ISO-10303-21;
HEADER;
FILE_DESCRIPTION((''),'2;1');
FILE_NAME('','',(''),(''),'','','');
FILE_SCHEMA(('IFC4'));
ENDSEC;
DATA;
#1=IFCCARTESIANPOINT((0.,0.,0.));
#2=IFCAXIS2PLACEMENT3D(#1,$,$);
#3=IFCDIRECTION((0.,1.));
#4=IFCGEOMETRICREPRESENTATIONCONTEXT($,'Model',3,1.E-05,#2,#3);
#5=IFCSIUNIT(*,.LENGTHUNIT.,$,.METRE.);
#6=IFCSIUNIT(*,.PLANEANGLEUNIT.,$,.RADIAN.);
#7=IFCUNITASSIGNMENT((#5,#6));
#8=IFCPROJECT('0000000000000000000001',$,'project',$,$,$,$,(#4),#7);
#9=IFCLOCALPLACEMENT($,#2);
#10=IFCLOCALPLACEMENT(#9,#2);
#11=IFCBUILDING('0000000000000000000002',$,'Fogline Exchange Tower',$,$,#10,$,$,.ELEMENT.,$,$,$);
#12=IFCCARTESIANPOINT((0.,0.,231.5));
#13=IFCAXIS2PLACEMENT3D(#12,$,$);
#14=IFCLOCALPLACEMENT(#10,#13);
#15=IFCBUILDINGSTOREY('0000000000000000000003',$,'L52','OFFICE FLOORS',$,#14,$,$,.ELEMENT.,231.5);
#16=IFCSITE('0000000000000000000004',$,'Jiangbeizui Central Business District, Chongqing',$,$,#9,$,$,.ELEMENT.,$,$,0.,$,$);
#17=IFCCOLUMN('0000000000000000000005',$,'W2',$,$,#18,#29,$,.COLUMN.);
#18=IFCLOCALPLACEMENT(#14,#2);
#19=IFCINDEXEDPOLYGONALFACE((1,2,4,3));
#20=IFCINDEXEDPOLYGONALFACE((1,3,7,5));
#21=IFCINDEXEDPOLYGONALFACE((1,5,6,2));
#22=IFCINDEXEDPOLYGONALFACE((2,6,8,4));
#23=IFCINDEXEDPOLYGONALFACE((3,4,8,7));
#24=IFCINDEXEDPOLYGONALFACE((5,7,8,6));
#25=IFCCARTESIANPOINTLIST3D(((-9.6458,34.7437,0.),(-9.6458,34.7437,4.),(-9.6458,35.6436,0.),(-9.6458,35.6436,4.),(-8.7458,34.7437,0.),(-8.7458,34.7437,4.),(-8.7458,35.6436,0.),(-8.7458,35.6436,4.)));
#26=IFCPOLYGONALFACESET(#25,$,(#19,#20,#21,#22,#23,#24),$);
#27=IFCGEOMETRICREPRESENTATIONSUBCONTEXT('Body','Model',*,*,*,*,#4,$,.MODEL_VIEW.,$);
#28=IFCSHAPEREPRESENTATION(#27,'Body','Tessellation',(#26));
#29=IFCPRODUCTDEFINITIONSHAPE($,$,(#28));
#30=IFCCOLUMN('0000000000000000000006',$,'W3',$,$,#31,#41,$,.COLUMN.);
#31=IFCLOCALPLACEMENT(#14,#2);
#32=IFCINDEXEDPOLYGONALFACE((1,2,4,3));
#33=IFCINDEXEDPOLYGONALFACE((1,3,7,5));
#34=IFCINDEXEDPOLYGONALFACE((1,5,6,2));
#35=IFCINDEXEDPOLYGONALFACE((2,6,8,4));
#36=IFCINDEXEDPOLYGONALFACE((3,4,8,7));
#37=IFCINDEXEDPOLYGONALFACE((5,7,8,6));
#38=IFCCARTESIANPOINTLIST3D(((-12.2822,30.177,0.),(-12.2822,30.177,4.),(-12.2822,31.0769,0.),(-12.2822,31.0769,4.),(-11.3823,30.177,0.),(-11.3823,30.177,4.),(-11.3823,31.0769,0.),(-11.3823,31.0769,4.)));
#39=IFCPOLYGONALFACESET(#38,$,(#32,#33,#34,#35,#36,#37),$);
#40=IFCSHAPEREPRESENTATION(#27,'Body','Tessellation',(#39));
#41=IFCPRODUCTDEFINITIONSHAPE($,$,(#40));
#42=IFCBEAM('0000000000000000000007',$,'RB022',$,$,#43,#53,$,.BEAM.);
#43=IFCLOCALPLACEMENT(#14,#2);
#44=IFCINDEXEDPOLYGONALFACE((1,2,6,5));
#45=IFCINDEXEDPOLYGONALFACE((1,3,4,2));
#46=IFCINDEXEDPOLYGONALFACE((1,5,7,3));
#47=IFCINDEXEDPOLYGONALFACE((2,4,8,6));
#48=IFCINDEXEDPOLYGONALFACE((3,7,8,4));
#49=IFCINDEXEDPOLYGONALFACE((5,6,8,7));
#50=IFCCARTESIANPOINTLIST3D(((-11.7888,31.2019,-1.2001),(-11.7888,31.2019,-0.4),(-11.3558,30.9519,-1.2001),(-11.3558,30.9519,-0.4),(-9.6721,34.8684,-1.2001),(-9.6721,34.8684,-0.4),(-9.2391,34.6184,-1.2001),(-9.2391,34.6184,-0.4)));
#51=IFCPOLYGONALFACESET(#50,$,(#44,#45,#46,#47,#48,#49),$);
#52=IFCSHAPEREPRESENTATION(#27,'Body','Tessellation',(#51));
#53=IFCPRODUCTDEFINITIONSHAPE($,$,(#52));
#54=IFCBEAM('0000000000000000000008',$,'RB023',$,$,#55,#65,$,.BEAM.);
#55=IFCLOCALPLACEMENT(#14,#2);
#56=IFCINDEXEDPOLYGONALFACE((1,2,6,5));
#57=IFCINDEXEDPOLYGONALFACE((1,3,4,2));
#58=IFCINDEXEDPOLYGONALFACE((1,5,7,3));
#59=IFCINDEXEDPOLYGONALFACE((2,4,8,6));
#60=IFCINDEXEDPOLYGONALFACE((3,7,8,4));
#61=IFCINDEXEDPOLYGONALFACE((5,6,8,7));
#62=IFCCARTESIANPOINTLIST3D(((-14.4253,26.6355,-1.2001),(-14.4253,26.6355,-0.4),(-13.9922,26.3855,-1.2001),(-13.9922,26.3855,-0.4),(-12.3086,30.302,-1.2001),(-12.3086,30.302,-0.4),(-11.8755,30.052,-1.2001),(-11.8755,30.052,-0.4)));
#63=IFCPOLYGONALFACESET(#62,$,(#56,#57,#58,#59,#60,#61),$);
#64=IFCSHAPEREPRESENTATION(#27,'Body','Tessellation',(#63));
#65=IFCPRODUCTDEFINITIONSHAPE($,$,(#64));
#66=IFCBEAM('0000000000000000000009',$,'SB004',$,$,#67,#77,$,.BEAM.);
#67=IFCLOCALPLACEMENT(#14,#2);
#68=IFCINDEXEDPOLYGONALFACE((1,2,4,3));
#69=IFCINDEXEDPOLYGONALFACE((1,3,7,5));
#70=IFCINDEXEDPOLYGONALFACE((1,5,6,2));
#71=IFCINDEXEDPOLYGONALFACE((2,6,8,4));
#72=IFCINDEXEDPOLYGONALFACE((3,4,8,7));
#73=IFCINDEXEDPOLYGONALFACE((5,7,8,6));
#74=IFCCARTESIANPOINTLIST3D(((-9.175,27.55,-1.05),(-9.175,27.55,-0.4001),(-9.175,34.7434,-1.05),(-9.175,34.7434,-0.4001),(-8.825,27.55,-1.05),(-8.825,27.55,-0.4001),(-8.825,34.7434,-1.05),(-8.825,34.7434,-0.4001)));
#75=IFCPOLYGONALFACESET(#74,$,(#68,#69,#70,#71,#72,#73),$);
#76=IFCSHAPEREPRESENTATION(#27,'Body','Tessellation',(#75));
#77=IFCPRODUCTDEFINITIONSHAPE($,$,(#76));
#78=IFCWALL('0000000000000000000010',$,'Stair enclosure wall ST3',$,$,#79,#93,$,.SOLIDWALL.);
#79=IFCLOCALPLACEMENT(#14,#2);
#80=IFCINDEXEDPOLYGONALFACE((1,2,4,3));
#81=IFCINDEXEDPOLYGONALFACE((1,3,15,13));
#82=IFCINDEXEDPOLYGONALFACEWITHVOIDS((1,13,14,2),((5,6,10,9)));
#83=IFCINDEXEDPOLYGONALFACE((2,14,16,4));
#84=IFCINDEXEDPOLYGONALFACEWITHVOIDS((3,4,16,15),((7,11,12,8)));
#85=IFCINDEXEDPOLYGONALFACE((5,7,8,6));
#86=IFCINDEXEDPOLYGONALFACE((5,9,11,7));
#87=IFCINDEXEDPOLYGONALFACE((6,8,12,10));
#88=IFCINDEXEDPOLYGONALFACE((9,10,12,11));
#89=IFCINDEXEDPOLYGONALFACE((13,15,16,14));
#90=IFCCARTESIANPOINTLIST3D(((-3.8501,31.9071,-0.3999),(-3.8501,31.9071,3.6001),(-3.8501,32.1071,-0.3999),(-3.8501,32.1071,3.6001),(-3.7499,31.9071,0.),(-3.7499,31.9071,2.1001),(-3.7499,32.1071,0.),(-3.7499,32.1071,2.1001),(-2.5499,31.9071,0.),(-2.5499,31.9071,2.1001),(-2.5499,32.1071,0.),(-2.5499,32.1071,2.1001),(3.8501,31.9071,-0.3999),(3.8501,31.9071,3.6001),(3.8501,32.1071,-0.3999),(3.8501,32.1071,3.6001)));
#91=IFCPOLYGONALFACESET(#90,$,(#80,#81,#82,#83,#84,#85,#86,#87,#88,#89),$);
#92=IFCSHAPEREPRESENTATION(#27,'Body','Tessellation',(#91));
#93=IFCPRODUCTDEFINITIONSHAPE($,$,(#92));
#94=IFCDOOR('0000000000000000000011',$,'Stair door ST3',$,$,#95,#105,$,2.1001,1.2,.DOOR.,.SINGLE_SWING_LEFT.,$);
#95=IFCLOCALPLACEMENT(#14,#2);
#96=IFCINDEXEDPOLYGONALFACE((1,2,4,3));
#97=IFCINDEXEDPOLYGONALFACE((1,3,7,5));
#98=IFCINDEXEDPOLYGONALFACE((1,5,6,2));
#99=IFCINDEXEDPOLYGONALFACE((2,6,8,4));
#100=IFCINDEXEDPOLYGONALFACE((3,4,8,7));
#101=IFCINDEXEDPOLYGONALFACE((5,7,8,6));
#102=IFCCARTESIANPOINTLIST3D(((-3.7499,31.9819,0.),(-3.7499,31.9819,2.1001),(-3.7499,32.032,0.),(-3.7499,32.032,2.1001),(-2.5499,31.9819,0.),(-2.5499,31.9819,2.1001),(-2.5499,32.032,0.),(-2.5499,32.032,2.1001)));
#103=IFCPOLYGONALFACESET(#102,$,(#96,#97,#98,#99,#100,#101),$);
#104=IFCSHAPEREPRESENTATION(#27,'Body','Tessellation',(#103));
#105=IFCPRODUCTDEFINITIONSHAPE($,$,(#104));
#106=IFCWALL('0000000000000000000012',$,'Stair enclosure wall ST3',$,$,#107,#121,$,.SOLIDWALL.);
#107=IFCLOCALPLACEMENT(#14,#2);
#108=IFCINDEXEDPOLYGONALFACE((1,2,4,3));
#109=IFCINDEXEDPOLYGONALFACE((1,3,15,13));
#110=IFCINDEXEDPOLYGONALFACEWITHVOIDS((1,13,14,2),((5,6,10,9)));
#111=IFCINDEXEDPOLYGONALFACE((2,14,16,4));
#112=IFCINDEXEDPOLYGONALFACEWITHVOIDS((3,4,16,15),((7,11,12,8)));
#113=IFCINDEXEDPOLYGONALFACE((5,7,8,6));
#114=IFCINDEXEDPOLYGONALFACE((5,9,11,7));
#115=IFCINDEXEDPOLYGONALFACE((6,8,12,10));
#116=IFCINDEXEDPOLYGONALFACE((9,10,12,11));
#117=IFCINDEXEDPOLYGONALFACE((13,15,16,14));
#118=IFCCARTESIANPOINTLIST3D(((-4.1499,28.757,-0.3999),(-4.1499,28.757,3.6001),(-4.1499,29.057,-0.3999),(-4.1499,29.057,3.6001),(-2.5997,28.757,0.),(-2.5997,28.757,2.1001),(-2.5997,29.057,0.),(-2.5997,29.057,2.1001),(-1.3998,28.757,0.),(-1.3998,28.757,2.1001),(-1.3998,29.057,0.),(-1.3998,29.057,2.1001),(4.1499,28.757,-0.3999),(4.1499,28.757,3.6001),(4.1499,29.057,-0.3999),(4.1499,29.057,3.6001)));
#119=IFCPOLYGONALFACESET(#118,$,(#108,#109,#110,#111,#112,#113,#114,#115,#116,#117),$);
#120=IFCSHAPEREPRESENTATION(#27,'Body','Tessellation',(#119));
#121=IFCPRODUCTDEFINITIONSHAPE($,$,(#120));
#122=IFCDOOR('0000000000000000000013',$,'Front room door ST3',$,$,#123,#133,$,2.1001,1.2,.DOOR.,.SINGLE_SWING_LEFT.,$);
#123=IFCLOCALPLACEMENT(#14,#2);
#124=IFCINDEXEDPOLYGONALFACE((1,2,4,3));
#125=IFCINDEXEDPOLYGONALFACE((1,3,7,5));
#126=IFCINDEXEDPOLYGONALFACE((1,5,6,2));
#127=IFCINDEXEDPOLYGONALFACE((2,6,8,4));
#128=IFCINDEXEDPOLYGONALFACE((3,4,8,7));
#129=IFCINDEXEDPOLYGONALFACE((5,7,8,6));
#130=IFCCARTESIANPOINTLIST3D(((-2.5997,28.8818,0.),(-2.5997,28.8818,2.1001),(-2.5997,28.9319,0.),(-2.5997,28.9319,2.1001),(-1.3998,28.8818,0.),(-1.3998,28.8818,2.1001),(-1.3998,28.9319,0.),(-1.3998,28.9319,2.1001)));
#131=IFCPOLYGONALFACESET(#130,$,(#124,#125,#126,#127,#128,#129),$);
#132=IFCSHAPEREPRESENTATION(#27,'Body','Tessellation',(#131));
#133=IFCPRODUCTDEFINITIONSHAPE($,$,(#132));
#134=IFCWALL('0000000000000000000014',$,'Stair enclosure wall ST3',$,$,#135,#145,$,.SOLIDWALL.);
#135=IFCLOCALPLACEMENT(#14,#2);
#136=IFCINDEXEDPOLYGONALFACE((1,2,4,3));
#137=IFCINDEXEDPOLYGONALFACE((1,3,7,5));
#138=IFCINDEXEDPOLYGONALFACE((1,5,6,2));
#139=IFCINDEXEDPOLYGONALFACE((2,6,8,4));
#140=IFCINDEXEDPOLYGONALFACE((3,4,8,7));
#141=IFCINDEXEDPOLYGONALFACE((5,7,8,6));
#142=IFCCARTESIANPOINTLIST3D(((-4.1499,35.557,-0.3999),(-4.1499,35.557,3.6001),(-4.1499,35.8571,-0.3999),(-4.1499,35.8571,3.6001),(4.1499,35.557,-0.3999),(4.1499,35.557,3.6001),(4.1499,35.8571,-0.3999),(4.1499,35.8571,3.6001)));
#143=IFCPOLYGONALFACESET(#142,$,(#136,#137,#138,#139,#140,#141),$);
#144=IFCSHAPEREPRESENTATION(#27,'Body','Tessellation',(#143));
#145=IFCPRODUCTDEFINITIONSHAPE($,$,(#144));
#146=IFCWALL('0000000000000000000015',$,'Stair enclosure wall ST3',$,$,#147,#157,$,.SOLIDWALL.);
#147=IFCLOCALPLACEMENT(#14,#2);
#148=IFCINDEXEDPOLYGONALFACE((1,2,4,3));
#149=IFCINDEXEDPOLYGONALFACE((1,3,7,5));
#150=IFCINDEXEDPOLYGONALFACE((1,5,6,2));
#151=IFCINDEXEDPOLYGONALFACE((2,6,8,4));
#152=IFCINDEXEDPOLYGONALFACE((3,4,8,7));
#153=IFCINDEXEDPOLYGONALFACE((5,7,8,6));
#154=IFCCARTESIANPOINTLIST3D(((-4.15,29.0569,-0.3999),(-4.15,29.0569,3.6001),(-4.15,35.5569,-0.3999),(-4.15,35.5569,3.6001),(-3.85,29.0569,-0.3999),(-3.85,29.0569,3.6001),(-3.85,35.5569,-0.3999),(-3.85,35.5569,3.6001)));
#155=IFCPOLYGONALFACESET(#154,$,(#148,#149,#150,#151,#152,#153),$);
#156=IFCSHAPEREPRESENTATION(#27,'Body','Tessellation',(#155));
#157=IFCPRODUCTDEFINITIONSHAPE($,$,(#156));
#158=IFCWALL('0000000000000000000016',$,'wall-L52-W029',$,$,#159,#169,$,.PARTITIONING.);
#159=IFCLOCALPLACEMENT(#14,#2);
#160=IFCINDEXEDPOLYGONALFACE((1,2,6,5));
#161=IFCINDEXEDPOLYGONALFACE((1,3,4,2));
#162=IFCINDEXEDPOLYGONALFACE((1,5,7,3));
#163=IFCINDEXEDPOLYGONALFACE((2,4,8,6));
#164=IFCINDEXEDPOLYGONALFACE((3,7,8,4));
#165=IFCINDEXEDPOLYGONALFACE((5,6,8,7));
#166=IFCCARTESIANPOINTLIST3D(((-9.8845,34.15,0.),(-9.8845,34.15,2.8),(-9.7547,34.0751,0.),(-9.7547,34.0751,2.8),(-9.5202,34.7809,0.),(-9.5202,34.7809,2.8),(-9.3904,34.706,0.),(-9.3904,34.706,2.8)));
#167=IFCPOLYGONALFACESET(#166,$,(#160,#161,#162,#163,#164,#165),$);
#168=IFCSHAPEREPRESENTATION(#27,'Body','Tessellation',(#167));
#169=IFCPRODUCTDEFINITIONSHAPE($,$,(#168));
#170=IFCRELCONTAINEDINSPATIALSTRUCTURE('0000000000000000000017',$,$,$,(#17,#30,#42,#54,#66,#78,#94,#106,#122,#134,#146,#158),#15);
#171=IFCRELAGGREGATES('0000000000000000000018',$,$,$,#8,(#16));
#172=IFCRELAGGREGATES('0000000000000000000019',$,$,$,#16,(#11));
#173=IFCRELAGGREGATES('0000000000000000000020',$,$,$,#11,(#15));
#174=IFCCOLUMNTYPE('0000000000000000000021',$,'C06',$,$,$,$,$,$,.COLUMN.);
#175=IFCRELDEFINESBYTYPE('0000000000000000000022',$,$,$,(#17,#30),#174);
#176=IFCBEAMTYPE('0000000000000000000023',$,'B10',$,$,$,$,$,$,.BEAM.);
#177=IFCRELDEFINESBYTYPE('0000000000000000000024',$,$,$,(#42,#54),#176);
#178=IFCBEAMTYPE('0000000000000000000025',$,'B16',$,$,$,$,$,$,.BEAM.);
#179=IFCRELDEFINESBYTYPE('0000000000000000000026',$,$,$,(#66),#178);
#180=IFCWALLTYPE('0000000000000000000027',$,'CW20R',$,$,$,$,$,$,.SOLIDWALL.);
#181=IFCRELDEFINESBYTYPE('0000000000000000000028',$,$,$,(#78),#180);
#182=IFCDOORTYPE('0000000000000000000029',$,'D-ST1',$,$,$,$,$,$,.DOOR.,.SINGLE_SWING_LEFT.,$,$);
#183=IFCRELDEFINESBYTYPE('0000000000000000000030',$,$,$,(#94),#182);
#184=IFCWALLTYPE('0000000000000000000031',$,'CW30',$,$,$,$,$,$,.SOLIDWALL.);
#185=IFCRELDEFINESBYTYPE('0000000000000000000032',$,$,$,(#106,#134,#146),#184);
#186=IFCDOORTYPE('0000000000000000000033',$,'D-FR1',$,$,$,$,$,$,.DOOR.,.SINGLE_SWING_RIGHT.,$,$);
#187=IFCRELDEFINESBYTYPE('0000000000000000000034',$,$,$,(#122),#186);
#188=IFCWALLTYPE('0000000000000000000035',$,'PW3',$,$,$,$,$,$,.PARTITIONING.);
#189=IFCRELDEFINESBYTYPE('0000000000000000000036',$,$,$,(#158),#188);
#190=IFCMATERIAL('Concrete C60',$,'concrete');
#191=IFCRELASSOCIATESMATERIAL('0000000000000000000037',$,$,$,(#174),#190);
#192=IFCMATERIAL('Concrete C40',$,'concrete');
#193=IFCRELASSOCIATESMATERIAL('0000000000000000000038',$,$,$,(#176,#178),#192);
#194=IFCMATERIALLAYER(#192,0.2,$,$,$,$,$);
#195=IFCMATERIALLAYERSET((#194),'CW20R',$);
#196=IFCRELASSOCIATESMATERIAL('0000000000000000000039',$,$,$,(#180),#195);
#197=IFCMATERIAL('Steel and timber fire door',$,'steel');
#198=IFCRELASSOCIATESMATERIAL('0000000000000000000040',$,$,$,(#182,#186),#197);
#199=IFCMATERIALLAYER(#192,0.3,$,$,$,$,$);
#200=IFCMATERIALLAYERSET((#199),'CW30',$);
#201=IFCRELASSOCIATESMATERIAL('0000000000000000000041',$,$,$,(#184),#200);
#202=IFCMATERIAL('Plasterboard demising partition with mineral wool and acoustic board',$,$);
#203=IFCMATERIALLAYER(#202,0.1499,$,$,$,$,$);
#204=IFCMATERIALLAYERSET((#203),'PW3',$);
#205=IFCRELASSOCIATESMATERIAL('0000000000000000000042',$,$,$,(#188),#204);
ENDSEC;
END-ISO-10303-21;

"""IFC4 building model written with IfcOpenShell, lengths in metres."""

from ifc_helpers import new_model, si_unit, direction, frame, frame_2d, origin, origin_2d, place, context, subcontext, project, spatial, rectangle, extrude, material, layer, layer_set, material_profile, profile_set, type_object, element, fill, save


model = new_model("IFC4")

# Units and contexts
model_context = context("Model", 3, precision=1e-05, world=origin(), true_north=direction((0.0, 1.0)))
body_context = subcontext(model_context, "Body", "Model", "MODEL_VIEW")
ifc_project = project(units=[si_unit("LENGTHUNIT", "METRE"), si_unit("PLANEANGLEUNIT", "RADIAN")], contexts=[model_context])

# Site, building, storey
site_placement = place(None, origin())
site = spatial("IfcSite", under=ifc_project, at=site_placement, Name="Jiangbeizui Central Business District, Chongqing", CompositionType="ELEMENT", RefElevation=0.0)
building_placement = place(site_placement, origin())
building = spatial("IfcBuilding", under=site, at=building_placement, Name="Fogline Exchange Tower", CompositionType="ELEMENT")
storey_placement = place(building_placement, frame((0.0, 0.0, 231.5)))
storey = spatial("IfcBuildingStorey", under=building, at=storey_placement, Name="L52", Description="OFFICE FLOORS", CompositionType="ELEMENT", Elevation=231.5)

# Columns
ifc_material_1 = material(Name="Concrete C60", Category="concrete")
ifc_material_profile_1 = material_profile(ifc_material_1, rectangle(XDim=0.8999, YDim=0.8999, at=origin_2d()), Name="RC 900x900")
ifc_profile_set_1 = profile_set([ifc_material_profile_1], Name="Concrete C60")
column_type = type_object("IfcColumnType", Name="C06", PredefinedType="COLUMN", material=ifc_profile_set_1)
for number, where, z_axis, x_axis, name in (
    (1, (-9.1958, 35.1936, 0.0), (0.0, 0.0, 1.0), (1.0, 0.0, 0.0), "W2"),
    (2, (-11.8323, 30.627, 0.0), (0.0, 0.0, 1.0), (1.0, 0.0, 0.0), "W3"),
):
    element("IfcColumn", number, at=place(storey_placement, frame(where, z_axis=z_axis, x_axis=x_axis)), inside=storey, type_object=column_type, Name=name, PredefinedType="COLUMN", context=body_context, shape_type="SweptSolid", body=[
        extrude(rectangle(XDim=0.8999, YDim=0.8999, at=origin_2d()), origin(), (0.0, 0.0, 1.0), 4.0),
    ])

# Beams
ifc_material_2 = material(Name="Concrete C40", Category="concrete")
ifc_material_profile_2 = material_profile(ifc_material_2, rectangle(XDim=0.5, YDim=0.8, at=origin_2d()), Name="RC 500x800")
ifc_profile_set_2 = profile_set([ifc_material_profile_2], Name="Concrete C40")
beam_type_1 = type_object("IfcBeamType", Name="B10", PredefinedType="BEAM", material=ifc_profile_set_2)
for number, where, z_axis, x_axis, name in (
    (3, (-9.4556, 34.7434, -0.8), (-0.499972, -0.866042, 0.0), (0.866042, -0.499972, 0.0), "RB022"),
    (4, (-12.092, 30.177, -0.8), (-0.499972, -0.866042, 0.0), (0.866042, -0.499972, 0.0), "RB023"),
):
    element("IfcBeam", number, at=place(storey_placement, frame(where, z_axis=z_axis, x_axis=x_axis)), inside=storey, type_object=beam_type_1, Name=name, PredefinedType="BEAM", context=body_context, shape_type="SweptSolid", body=[
        extrude(rectangle(XDim=0.5, YDim=0.8, at=origin_2d()), origin(), (0.0, 0.0, 1.0), 4.2336),
    ])
ifc_material_profile_3 = material_profile(ifc_material_2, rectangle(XDim=0.3501, YDim=0.6499, at=origin_2d()), Name="RC 350x650")
ifc_profile_set_3 = profile_set([ifc_material_profile_3], Name="Concrete C40")
beam_type_2 = type_object("IfcBeamType", Name="B16", PredefinedType="BEAM", material=ifc_profile_set_3)
beam_placement = place(storey_placement, frame((-9.0, 27.55, -0.7251), z_axis=(0.0, 1.0, 0.0), x_axis=(-1.0, 0.0, 0.0)))
element("IfcBeam", 5, at=beam_placement, inside=storey, type_object=beam_type_2, Name="SB004", PredefinedType="BEAM", context=body_context, shape_type="SweptSolid", body=[
    extrude(rectangle(XDim=0.3501, YDim=0.6499, at=origin_2d()), origin(), (0.0, 0.0, 1.0), 7.1934),
])

# Walls, openings, doors
ifc_layer_1 = layer(ifc_material_2, 0.2)
ifc_layer_set_1 = layer_set([ifc_layer_1], Name="CW20R")
wall_type_1 = type_object("IfcWallType", Name="CW20R", PredefinedType="SOLIDWALL", material=ifc_layer_set_1)
wall_1_placement = place(storey_placement, frame((-3.8501, 32.0071, -0.3999), z_axis=(0.0, 0.0, 1.0), x_axis=(1.0, 0.0, 0.0)))
wall_1 = element("IfcWall", 6, at=wall_1_placement, inside=storey, type_object=wall_type_1, Name="Stair enclosure wall ST3", PredefinedType="SOLIDWALL", context=body_context, shape_type="SweptSolid", body=[
    extrude(rectangle(XDim=7.7002, YDim=0.2, at=frame_2d((3.8501, 0.0))), origin(), (0.0, 0.0, 1.0), 4.0),
])
opening_1_placement = place(wall_1_placement, frame((0.1001, 0.0, 0.3999)))
opening_1 = element("IfcOpeningElement", 7, at=opening_1_placement, cuts=wall_1, PredefinedType="OPENING", context=body_context, shape_type="SweptSolid", body=[
    extrude(rectangle(XDim=1.2, YDim=2.1001, at=frame_2d((0.6001, 1.05))), frame((0.0, 0.1099, 0.0), z_axis=(0.0, -1.0, 0.0), x_axis=(1.0, 0.0, 0.0)), (0.0, 0.0, 1.0), 0.22),
])
ifc_material_3 = material(Name="Steel and timber fire door", Category="steel")
door_type_1 = type_object("IfcDoorType", Name="D-ST1", OperationType="SINGLE_SWING_LEFT", PredefinedType="DOOR", material=ifc_material_3)
door_1_placement = place(opening_1_placement, origin())
door_1 = element("IfcDoor", 8, at=door_1_placement, inside=storey, type_object=door_type_1, Name="Stair door ST3", OperationType="SINGLE_SWING_LEFT", OverallHeight=2.1001, OverallWidth=1.2, PredefinedType="DOOR", context=body_context, shape_type="SweptSolid", body=[
    extrude(rectangle(XDim=1.2, YDim=2.1001, at=frame_2d((0.6001, 1.05))), frame((0.0, 0.0249, 0.0), z_axis=(0.0, -1.0, 0.0), x_axis=(1.0, 0.0, 0.0)), (0.0, 0.0, 1.0), 0.05),
])
fill(opening_1, door_1)
ifc_layer_2 = layer(ifc_material_2, 0.3)
ifc_layer_set_2 = layer_set([ifc_layer_2], Name="CW30")
wall_type_2 = type_object("IfcWallType", Name="CW30", PredefinedType="SOLIDWALL", material=ifc_layer_set_2)
wall_2_placement = place(storey_placement, frame((-4.1499, 28.907, -0.3999), z_axis=(0.0, 0.0, 1.0), x_axis=(1.0, 0.0, 0.0)))
wall_2 = element("IfcWall", 9, at=wall_2_placement, inside=storey, type_object=wall_type_2, Name="Stair enclosure wall ST3", PredefinedType="SOLIDWALL", context=body_context, shape_type="SweptSolid", body=[
    extrude(rectangle(XDim=8.2998, YDim=0.3, at=frame_2d((4.1499, 0.0))), origin(), (0.0, 0.0, 1.0), 4.0),
])
opening_2_placement = place(wall_2_placement, frame((1.55, 0.0, 0.3999)))
opening_2 = element("IfcOpeningElement", 10, at=opening_2_placement, cuts=wall_2, PredefinedType="OPENING", context=body_context, shape_type="SweptSolid", body=[
    extrude(rectangle(XDim=1.2, YDim=2.1001, at=frame_2d((0.6001, 1.05))), frame((0.0, 0.1602, 0.0), z_axis=(0.0, -1.0, 0.0), x_axis=(1.0, 0.0, 0.0)), (0.0, 0.0, 1.0), 0.3201),
])
door_type_2 = type_object("IfcDoorType", Name="D-FR1", OperationType="SINGLE_SWING_RIGHT", PredefinedType="DOOR", material=ifc_material_3)
door_2_placement = place(opening_2_placement, origin())
door_2 = element("IfcDoor", 11, at=door_2_placement, inside=storey, type_object=door_type_2, Name="Front room door ST3", OperationType="SINGLE_SWING_LEFT", OverallHeight=2.1001, OverallWidth=1.2, PredefinedType="DOOR", context=body_context, shape_type="SweptSolid", body=[
    extrude(rectangle(XDim=1.2, YDim=2.1001, at=frame_2d((0.6001, 1.05))), frame((0.0, 0.0249, 0.0), z_axis=(0.0, -1.0, 0.0), x_axis=(1.0, 0.0, 0.0)), (0.0, 0.0, 1.0), 0.05),
])
fill(opening_2, door_2)

# Walls
wall_3_placement = place(storey_placement, frame((-4.1499, 35.707, -0.3999), z_axis=(0.0, 0.0, 1.0), x_axis=(1.0, 0.0, 0.0)))
element("IfcWall", 12, at=wall_3_placement, inside=storey, type_object=wall_type_2, Name="Stair enclosure wall ST3", PredefinedType="SOLIDWALL", context=body_context, shape_type="SweptSolid", body=[
    extrude(rectangle(XDim=8.2998, YDim=0.3, at=frame_2d((4.1499, 0.0))), origin(), (0.0, 0.0, 1.0), 4.0),
])
wall_4_placement = place(storey_placement, frame((-4.0, 29.0569, -0.3999), z_axis=(0.0, 0.0, 1.0), x_axis=(0.0, 1.0, 0.0)))
element("IfcWall", 13, at=wall_4_placement, inside=storey, type_object=wall_type_2, Name="Stair enclosure wall ST3", PredefinedType="SOLIDWALL", context=body_context, shape_type="SweptSolid", body=[
    extrude(rectangle(XDim=6.5, YDim=0.3, at=frame_2d((3.25, 0.0))), origin(), (0.0, 0.0, 1.0), 4.0),
])
ifc_material_4 = material(Name="Plasterboard demising partition with mineral wool and acoustic board")
ifc_layer_3 = layer(ifc_material_4, 0.1499)
ifc_layer_set_3 = layer_set([ifc_layer_3], Name="PW3")
wall_type_3 = type_object("IfcWallType", Name="PW3", PredefinedType="PARTITIONING", material=ifc_layer_set_3)
wall_5_placement = place(storey_placement, frame((-9.8196, 34.1125, 0.0), z_axis=(0.0, 0.0, 1.0), x_axis=(0.500032, 0.866007, 0.0)))
element("IfcWall", 14, at=wall_5_placement, inside=storey, type_object=wall_type_3, Name="wall-L52-W029", PredefinedType="PARTITIONING", context=body_context, shape_type="SweptSolid", body=[
    extrude(rectangle(XDim=0.7285, YDim=0.1499, at=frame_2d((0.3643, 0.0))), origin(), (0.0, 0.0, 1.0), 2.8),
])

save(model, "model.ifc")
